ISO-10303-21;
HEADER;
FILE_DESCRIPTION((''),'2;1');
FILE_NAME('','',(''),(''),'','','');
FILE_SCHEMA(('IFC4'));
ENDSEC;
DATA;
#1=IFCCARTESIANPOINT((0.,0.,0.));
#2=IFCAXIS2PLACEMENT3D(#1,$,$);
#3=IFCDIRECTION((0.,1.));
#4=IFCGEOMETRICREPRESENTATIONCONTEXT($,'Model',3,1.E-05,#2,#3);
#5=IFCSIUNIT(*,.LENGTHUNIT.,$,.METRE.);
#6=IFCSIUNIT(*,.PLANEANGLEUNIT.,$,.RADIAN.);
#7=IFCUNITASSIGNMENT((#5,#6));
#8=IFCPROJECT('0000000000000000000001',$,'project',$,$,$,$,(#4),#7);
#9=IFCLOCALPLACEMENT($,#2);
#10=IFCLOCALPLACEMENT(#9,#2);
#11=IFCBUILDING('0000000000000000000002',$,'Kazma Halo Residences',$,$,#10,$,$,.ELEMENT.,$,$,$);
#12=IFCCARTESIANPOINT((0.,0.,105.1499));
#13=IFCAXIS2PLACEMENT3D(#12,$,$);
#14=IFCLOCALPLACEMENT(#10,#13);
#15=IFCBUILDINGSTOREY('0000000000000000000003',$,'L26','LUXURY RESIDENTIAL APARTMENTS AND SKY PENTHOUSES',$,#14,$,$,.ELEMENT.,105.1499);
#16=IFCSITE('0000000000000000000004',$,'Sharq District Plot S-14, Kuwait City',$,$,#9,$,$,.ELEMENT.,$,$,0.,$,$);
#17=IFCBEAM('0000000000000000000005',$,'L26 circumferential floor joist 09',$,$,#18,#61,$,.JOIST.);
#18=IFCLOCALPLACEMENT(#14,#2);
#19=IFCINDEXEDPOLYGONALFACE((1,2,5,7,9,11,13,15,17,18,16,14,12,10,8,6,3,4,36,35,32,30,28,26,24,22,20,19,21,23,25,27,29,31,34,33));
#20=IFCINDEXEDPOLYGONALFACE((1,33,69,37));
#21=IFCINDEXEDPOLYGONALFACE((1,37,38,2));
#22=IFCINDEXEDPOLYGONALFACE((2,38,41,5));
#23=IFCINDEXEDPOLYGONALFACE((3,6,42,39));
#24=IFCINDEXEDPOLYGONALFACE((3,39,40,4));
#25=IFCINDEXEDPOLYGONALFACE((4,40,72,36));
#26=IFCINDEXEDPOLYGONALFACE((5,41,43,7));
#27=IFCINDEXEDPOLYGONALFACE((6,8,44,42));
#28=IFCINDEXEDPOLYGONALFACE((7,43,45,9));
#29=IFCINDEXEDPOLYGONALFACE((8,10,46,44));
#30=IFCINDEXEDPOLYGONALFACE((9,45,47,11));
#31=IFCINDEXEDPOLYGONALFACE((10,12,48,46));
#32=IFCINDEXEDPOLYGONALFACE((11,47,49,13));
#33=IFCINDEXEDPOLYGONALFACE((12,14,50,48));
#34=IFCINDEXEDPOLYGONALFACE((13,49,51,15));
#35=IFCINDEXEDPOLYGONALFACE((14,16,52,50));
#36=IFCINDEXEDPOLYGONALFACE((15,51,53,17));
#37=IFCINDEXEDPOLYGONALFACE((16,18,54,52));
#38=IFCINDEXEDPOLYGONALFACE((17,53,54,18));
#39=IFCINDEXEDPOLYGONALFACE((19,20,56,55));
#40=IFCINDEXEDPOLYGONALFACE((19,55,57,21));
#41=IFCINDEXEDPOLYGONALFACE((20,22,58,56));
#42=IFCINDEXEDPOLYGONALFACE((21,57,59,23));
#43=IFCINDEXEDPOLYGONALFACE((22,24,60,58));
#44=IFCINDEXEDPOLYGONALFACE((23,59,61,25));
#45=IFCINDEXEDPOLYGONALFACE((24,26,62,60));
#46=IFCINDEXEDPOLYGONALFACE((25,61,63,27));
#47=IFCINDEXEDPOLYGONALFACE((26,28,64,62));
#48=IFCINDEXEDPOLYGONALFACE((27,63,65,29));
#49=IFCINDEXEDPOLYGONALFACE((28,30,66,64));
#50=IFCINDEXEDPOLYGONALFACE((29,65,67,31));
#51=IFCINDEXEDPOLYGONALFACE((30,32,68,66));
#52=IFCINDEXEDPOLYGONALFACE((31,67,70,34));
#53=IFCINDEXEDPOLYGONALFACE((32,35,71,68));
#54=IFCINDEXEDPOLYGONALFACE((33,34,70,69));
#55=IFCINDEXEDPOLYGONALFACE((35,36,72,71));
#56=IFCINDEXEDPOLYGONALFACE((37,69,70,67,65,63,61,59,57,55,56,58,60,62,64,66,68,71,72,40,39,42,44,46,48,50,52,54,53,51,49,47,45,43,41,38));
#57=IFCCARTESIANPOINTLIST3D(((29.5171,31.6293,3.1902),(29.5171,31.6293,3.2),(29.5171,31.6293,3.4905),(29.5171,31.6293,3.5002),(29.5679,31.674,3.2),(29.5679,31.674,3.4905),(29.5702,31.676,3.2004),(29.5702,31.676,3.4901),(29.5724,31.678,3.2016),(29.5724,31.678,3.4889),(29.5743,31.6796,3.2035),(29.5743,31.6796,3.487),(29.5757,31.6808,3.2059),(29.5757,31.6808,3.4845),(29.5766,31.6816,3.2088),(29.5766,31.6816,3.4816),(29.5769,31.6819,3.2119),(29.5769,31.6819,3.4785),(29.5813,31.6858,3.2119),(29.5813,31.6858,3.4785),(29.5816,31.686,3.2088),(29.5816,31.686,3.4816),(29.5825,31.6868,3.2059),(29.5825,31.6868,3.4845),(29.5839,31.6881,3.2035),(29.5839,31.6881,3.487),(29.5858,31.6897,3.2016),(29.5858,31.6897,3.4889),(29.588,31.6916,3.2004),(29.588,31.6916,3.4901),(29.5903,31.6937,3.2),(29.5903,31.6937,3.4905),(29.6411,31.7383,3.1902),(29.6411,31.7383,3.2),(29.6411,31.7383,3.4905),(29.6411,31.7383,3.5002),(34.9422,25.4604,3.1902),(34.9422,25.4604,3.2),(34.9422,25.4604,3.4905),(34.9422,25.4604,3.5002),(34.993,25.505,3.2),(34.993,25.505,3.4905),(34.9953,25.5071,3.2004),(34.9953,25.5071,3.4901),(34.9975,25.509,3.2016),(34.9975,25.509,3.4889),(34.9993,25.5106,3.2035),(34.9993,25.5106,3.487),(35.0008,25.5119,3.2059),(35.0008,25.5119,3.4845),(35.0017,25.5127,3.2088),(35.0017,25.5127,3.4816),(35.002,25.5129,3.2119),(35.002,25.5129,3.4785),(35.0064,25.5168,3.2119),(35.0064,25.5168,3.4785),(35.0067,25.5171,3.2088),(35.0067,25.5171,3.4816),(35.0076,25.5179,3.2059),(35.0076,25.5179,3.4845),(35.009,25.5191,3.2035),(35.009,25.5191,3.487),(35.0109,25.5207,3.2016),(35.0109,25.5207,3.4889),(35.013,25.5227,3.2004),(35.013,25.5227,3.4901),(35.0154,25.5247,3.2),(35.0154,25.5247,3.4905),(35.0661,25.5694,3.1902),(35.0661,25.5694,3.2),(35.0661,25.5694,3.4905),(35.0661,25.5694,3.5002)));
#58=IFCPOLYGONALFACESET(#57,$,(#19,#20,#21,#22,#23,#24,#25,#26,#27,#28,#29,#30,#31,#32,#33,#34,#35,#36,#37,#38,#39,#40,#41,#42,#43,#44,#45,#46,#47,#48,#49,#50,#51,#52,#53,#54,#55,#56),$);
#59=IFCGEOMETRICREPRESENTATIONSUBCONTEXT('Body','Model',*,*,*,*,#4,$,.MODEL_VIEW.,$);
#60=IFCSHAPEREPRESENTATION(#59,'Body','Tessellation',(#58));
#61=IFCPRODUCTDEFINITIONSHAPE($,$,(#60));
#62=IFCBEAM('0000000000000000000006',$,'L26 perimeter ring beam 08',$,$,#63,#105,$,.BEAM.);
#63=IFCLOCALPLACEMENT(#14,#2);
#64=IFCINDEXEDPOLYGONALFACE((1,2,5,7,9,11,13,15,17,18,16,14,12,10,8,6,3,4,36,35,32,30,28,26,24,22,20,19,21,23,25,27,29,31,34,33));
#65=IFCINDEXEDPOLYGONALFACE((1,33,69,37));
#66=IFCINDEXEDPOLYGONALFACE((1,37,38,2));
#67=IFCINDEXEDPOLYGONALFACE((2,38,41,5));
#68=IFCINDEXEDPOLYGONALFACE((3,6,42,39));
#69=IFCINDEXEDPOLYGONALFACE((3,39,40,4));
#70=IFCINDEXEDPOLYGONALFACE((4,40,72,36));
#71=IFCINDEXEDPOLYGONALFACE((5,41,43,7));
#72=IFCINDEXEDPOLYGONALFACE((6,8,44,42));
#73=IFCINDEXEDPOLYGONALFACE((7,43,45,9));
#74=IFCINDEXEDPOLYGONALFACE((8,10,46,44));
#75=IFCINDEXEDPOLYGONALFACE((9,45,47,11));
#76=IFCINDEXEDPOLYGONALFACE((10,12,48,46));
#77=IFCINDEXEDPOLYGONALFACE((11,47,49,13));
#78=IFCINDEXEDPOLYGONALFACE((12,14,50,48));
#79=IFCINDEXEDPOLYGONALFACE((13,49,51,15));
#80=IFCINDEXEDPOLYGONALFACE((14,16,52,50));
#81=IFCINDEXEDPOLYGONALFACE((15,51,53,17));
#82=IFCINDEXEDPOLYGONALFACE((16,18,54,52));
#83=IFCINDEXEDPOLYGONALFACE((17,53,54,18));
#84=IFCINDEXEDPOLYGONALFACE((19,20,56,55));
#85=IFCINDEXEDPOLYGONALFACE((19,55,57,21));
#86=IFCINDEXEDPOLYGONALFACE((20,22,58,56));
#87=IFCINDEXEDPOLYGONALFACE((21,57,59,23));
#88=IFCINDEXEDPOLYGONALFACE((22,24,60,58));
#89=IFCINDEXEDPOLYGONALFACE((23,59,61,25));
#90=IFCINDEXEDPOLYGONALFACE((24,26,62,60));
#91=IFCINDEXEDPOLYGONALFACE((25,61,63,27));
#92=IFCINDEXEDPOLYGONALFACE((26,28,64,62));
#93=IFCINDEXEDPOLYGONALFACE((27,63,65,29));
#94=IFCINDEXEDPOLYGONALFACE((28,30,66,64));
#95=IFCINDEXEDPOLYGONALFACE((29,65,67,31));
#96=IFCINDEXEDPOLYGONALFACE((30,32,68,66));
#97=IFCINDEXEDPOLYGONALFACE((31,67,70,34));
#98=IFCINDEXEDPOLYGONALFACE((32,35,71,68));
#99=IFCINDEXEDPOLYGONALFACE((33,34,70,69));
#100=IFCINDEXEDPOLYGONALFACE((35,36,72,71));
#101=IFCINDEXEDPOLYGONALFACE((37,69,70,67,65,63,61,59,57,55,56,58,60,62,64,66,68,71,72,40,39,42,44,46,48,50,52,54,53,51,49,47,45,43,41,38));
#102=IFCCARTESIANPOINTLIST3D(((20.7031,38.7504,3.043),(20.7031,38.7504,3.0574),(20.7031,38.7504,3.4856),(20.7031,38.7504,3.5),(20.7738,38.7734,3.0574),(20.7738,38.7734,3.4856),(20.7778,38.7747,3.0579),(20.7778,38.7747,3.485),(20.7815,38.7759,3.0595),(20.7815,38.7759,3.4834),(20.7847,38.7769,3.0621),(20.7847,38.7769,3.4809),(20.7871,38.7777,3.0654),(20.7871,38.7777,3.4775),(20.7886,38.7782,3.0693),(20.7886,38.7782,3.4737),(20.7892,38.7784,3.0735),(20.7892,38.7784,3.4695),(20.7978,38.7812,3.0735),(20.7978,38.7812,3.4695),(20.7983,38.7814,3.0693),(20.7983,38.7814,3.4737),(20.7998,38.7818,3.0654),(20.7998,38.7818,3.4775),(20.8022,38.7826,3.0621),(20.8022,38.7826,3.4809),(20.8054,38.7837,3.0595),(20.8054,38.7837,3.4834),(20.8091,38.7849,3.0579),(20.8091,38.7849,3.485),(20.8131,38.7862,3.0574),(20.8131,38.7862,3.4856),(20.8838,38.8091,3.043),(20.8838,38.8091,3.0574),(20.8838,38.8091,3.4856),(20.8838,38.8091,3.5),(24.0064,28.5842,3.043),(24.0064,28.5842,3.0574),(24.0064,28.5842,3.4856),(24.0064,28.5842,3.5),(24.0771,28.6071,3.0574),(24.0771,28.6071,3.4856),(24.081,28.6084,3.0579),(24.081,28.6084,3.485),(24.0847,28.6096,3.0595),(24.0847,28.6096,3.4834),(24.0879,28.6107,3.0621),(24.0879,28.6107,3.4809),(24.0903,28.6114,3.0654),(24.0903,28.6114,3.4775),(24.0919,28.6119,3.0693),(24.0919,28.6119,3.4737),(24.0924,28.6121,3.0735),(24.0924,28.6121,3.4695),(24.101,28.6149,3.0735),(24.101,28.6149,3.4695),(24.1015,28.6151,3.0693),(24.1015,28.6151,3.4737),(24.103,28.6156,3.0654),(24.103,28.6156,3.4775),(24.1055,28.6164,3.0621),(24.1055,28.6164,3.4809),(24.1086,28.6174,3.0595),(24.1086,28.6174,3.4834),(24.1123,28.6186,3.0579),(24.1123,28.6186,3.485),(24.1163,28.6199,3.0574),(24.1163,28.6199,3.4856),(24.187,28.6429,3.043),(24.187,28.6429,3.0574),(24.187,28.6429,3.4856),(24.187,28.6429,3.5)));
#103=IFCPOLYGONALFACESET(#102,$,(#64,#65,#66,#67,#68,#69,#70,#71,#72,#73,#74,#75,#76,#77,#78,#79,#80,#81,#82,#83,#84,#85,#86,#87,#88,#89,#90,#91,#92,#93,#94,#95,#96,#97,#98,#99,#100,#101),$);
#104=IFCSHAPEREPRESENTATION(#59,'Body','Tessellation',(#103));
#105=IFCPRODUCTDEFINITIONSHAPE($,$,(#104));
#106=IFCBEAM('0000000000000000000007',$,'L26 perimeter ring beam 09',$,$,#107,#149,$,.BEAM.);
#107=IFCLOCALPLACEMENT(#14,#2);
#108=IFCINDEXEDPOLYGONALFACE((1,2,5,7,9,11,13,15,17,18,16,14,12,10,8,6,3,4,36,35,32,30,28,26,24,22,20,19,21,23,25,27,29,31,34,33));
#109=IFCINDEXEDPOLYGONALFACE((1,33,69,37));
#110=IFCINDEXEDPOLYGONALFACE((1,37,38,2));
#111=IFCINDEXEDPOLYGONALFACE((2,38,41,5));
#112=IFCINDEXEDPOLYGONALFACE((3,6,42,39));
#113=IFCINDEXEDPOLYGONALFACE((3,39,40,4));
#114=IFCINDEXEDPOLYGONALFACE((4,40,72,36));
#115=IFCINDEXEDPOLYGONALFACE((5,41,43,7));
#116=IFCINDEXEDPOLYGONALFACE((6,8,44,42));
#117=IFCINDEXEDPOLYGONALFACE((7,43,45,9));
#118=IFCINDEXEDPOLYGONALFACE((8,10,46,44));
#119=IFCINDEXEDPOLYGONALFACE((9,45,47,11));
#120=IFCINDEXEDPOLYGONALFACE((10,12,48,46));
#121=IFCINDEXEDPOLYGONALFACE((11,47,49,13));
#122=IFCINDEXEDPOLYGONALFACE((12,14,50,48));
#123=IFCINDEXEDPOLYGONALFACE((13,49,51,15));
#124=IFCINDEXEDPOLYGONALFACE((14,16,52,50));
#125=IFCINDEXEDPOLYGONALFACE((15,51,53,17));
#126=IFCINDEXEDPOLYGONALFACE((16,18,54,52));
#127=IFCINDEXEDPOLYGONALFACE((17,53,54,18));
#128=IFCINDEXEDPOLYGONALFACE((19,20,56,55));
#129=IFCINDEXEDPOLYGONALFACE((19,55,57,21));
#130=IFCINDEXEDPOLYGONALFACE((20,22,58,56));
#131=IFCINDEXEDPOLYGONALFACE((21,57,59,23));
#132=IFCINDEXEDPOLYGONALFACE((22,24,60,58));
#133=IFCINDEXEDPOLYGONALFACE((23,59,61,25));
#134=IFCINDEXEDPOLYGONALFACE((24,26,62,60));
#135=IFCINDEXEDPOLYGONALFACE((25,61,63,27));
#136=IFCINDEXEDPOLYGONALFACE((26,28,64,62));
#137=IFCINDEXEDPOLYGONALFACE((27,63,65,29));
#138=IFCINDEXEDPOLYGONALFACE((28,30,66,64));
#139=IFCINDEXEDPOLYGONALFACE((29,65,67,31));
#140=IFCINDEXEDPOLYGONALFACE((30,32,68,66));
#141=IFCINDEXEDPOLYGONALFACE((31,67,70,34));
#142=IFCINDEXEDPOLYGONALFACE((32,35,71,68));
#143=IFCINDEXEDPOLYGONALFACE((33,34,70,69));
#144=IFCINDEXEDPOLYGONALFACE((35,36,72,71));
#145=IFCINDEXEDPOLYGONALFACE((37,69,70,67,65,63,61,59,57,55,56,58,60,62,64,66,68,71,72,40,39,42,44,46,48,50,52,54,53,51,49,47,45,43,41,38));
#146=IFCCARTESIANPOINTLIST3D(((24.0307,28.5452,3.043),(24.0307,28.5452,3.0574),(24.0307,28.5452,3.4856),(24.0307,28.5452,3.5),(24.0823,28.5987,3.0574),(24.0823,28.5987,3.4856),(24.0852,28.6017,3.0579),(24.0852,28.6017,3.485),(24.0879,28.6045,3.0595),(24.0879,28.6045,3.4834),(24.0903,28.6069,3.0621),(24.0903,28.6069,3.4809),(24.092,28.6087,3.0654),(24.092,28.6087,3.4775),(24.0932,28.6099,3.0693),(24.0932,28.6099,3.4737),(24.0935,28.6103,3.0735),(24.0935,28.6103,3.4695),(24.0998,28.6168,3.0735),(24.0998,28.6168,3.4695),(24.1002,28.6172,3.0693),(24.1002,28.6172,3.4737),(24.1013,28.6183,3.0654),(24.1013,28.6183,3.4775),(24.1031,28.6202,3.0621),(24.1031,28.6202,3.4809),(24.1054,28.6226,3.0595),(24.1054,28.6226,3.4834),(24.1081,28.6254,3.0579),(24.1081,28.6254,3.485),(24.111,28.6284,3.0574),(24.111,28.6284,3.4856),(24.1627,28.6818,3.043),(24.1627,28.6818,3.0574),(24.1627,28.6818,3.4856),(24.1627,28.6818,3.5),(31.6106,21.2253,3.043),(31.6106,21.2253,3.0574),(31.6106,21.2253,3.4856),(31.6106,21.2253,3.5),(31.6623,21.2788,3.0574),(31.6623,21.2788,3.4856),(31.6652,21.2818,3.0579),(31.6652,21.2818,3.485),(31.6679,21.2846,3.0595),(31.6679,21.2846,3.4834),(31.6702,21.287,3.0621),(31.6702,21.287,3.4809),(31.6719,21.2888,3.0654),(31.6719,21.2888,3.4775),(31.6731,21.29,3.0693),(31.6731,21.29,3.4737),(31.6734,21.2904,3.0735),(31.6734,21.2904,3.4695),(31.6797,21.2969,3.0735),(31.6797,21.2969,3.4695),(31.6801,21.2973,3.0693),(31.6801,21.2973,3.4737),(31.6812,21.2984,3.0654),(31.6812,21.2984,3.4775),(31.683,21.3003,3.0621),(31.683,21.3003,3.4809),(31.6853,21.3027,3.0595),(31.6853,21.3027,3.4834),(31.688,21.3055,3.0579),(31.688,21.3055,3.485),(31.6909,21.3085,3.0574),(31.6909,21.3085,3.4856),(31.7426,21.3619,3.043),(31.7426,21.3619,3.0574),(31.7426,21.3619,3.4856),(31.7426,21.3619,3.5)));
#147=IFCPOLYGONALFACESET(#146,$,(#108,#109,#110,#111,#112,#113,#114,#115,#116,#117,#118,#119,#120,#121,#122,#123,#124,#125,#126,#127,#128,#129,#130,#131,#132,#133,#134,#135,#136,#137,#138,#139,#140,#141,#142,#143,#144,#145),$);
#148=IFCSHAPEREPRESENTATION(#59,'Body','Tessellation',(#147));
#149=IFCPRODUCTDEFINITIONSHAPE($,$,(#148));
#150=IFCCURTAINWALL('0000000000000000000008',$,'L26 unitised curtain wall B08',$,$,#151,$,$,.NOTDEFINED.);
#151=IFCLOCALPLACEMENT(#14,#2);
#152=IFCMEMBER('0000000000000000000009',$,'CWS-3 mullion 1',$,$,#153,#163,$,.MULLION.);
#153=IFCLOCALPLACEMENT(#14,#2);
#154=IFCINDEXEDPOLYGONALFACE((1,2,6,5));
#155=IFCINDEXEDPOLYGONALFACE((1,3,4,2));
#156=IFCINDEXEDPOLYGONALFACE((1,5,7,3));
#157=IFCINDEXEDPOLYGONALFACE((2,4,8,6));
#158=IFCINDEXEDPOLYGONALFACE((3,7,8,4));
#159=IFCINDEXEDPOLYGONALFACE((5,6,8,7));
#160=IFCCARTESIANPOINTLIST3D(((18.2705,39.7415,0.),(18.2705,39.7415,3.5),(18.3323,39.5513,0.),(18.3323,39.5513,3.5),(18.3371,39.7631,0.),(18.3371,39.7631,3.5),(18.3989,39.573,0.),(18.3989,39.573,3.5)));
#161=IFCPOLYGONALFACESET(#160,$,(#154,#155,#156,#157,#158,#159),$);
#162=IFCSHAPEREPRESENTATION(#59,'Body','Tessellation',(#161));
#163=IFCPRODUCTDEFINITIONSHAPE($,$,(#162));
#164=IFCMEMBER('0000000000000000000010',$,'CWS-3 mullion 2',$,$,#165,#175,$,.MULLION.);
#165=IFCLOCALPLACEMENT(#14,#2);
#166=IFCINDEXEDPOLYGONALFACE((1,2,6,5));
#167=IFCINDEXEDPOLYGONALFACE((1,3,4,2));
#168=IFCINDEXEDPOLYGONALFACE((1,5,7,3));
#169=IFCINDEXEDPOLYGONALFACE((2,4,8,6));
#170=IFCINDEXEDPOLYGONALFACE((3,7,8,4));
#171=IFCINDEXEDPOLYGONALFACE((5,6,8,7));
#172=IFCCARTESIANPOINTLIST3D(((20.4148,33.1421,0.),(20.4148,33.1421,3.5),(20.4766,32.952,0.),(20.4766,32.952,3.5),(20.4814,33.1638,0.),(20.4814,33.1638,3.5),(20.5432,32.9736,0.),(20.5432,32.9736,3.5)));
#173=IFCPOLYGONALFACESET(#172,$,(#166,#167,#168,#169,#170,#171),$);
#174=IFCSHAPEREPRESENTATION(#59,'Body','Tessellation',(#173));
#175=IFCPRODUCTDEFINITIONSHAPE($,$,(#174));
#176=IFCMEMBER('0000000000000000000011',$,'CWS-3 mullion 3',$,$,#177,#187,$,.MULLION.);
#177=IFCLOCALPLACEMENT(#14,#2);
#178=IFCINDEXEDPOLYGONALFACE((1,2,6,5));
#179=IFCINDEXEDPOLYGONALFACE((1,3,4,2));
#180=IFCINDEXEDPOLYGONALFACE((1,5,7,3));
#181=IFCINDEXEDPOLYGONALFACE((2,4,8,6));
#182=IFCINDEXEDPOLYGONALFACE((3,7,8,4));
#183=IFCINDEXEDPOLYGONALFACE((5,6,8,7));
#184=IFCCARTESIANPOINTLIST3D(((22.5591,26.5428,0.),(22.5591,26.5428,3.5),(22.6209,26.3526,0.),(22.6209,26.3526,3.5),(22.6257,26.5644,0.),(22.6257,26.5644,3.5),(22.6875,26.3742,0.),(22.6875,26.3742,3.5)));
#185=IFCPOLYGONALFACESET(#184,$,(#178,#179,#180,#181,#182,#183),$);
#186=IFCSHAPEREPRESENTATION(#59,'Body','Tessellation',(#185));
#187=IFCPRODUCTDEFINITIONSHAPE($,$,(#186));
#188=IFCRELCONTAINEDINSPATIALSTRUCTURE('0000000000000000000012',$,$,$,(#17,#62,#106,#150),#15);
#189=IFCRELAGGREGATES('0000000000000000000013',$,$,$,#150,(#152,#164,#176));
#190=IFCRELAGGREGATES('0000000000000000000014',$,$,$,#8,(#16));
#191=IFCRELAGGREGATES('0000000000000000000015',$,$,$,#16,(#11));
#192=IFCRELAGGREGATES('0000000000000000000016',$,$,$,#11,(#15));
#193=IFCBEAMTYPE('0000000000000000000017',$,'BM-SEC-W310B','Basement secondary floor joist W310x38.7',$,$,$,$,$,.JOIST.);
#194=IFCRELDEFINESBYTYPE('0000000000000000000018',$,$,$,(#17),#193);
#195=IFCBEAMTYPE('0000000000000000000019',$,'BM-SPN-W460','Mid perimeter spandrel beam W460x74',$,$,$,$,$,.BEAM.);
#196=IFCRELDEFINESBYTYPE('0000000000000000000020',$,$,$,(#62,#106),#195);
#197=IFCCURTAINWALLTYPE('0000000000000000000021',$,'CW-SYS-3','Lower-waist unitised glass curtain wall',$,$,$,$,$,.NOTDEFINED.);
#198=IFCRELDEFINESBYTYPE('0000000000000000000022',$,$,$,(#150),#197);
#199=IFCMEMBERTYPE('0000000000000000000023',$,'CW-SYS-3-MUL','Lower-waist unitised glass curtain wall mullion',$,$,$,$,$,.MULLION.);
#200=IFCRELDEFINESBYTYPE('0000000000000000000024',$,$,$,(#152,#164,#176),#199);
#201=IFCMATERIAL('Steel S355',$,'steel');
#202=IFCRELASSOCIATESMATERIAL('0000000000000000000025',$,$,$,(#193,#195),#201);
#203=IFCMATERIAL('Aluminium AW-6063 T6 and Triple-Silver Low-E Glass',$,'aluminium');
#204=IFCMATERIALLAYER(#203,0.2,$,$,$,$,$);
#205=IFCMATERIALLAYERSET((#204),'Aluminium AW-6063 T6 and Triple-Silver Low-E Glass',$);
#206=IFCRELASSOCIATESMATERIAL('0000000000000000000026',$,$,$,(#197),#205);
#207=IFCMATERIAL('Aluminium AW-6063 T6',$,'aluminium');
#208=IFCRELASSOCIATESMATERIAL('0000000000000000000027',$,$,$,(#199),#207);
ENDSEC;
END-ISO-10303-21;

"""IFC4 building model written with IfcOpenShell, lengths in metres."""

from ifc_helpers import new_model, si_unit, direction, frame, origin, origin_2d, place, context, subcontext, project, spatial, rectangle, i_section, extrude, material, layer, layer_set, material_profile, profile_set, type_object, element, aggregate, save


model = new_model("IFC4")

# Units and contexts
model_context = context("Model", 3, precision=1e-05, world=origin(), true_north=direction((0.0, 1.0)))
body_context = subcontext(model_context, "Body", "Model", "MODEL_VIEW")
ifc_project = project(units=[si_unit("LENGTHUNIT", "METRE"), si_unit("PLANEANGLEUNIT", "RADIAN")], contexts=[model_context])

# Site, building, storey
site_placement = place(None, origin())
site = spatial("IfcSite", under=ifc_project, at=site_placement, Name="Sharq District Plot S-14, Kuwait City", CompositionType="ELEMENT", RefElevation=0.0)
building_placement = place(site_placement, origin())
building = spatial("IfcBuilding", under=site, at=building_placement, Name="Kazma Halo Residences", CompositionType="ELEMENT")
storey_placement = place(building_placement, frame((0.0, 0.0, 105.1499)))
storey = spatial("IfcBuildingStorey", under=building, at=storey_placement, Name="L26", Description="LUXURY RESIDENTIAL APARTMENTS AND SKY PENTHOUSES", CompositionType="ELEMENT", Elevation=105.1499)

# Beams
ifc_material_1 = material(Name="Steel S355", Category="steel")
ifc_material_profile_1 = material_profile(ifc_material_1, i_section(OverallWidth=0.165, OverallDepth=0.3101, WebThickness=0.0059, FlangeThickness=0.0098, FilletRadius=0.012, at=origin_2d()), Name="W310x38.7")
ifc_profile_set_1 = profile_set([ifc_material_profile_1], Name="Steel S355")
beam_type_1 = type_object("IfcBeamType", Name="BM-SEC-W310B", Description="Basement secondary floor joist W310x38.7", PredefinedType="JOIST", material=ifc_profile_set_1)
beam_1_placement = place(storey_placement, frame((29.5791, 31.6838, 3.3452), z_axis=(0.660379, -0.750932, 0.0), x_axis=(0.750932, 0.660379, 0.0)))
element("IfcBeam", 1, at=beam_1_placement, inside=storey, type_object=beam_type_1, Name="L26 circumferential floor joist 09", PredefinedType="JOIST", context=body_context, shape_type="SweptSolid", body=[
    extrude(i_section(OverallWidth=0.165, OverallDepth=0.3101, WebThickness=0.0059, FlangeThickness=0.0098, FilletRadius=0.012, at=origin_2d()), origin(), (0.0, 0.0, 1.0), 8.2151),
])
ifc_material_profile_2 = material_profile(ifc_material_1, i_section(OverallWidth=0.1899, OverallDepth=0.457, WebThickness=0.009, FlangeThickness=0.0144, FilletRadius=0.0161, at=origin_2d()), Name="W460x74")
ifc_profile_set_2 = profile_set([ifc_material_profile_2], Name="Steel S355")
beam_type_2 = type_object("IfcBeamType", Name="BM-SPN-W460", Description="Mid perimeter spandrel beam W460x74", PredefinedType="BEAM", material=ifc_profile_set_2)
beam_2_placement = place(storey_placement, frame((20.7935, 38.7798, 3.2715), z_axis=(0.309017, -0.951056, 0.0), x_axis=(0.951056, 0.309017, 0.0)))
element("IfcBeam", 2, at=beam_2_placement, inside=storey, type_object=beam_type_2, Name="L26 perimeter ring beam 08", PredefinedType="BEAM", context=body_context, shape_type="SweptSolid", body=[
    extrude(i_section(OverallWidth=0.1899, OverallDepth=0.457, WebThickness=0.009, FlangeThickness=0.0144, FilletRadius=0.0161, at=origin_2d()), origin(), (0.0, 0.0, 1.0), 10.6895),
])
beam_3_placement = place(storey_placement, frame((24.0967, 28.6135, 3.2715), z_axis=(0.719337, -0.694661, 0.0), x_axis=(0.694661, 0.719337, 0.0)))
element("IfcBeam", 3, at=beam_3_placement, inside=storey, type_object=beam_type_2, Name="L26 perimeter ring beam 09", PredefinedType="BEAM", context=body_context, shape_type="SweptSolid", body=[
    extrude(i_section(OverallWidth=0.1899, OverallDepth=0.457, WebThickness=0.009, FlangeThickness=0.0144, FilletRadius=0.0161, at=origin_2d()), origin(), (0.0, 0.0, 1.0), 10.5374),
])

# Curtain wall, members
ifc_material_2 = material(Name="Aluminium AW-6063 T6 and Triple-Silver Low-E Glass", Category="aluminium")
ifc_layer_1 = layer(ifc_material_2, 0.2)
ifc_layer_set_1 = layer_set([ifc_layer_1], Name="Aluminium AW-6063 T6 and Triple-Silver Low-E Glass")
curtain_wall_type = type_object("IfcCurtainWallType", Name="CW-SYS-3", Description="Lower-waist unitised glass curtain wall", PredefinedType="NOTDEFINED", material=ifc_layer_set_1)
curtain_wall_placement = place(storey_placement, origin())
curtain_wall = element("IfcCurtainWall", 4, at=curtain_wall_placement, inside=storey, type_object=curtain_wall_type, Name="L26 unitised curtain wall B08", PredefinedType="NOTDEFINED")
ifc_material_3 = material(Name="Aluminium AW-6063 T6", Category="aluminium")
ifc_material_profile_3 = material_profile(ifc_material_3, rectangle(XDim=0.0701, YDim=0.2, at=origin_2d()), Name="CWM-70x200")
ifc_profile_set_3 = profile_set([ifc_material_profile_3], Name="Aluminium AW-6063 T6")
member_type_1 = type_object("IfcMemberType", Name="CW-SYS-3-MUL", Description="Lower-waist unitised glass curtain wall mullion", PredefinedType="MULLION", material=ifc_profile_set_3)
member_1_placement = place(storey_placement, frame((18.3347, 39.6572, 0.0), z_axis=(0.0, 0.0, 1.0), x_axis=(0.951058, 0.309013, 0.0)))
member_1 = element("IfcMember", 5, at=member_1_placement, type_object=member_type_1, Name="CWS-3 mullion 1", PredefinedType="MULLION", context=body_context, shape_type="SweptSolid", body=[
    extrude(rectangle(XDim=0.0701, YDim=0.2, at=origin_2d()), origin(), (0.0, 0.0, 1.0), 3.5),
])
member_2_placement = place(storey_placement, frame((20.479, 33.0579, 0.0), z_axis=(0.0, 0.0, 1.0), x_axis=(0.951058, 0.309013, 0.0)))
member_2 = element("IfcMember", 6, at=member_2_placement, type_object=member_type_1, Name="CWS-3 mullion 2", PredefinedType="MULLION", context=body_context, shape_type="SweptSolid", body=[
    extrude(rectangle(XDim=0.0701, YDim=0.2, at=origin_2d()), origin(), (0.0, 0.0, 1.0), 3.5),
])
member_3_placement = place(storey_placement, frame((22.6233, 26.4585, 0.0), z_axis=(0.0, 0.0, 1.0), x_axis=(0.951058, 0.309013, 0.0)))
member_3 = element("IfcMember", 7, at=member_3_placement, type_object=member_type_1, Name="CWS-3 mullion 3", PredefinedType="MULLION", context=body_context, shape_type="SweptSolid", body=[
    extrude(rectangle(XDim=0.0701, YDim=0.2, at=origin_2d()), origin(), (0.0, 0.0, 1.0), 3.5),
])
aggregate(curtain_wall, [member_1, member_2, member_3])

save(model, "model.ifc")
